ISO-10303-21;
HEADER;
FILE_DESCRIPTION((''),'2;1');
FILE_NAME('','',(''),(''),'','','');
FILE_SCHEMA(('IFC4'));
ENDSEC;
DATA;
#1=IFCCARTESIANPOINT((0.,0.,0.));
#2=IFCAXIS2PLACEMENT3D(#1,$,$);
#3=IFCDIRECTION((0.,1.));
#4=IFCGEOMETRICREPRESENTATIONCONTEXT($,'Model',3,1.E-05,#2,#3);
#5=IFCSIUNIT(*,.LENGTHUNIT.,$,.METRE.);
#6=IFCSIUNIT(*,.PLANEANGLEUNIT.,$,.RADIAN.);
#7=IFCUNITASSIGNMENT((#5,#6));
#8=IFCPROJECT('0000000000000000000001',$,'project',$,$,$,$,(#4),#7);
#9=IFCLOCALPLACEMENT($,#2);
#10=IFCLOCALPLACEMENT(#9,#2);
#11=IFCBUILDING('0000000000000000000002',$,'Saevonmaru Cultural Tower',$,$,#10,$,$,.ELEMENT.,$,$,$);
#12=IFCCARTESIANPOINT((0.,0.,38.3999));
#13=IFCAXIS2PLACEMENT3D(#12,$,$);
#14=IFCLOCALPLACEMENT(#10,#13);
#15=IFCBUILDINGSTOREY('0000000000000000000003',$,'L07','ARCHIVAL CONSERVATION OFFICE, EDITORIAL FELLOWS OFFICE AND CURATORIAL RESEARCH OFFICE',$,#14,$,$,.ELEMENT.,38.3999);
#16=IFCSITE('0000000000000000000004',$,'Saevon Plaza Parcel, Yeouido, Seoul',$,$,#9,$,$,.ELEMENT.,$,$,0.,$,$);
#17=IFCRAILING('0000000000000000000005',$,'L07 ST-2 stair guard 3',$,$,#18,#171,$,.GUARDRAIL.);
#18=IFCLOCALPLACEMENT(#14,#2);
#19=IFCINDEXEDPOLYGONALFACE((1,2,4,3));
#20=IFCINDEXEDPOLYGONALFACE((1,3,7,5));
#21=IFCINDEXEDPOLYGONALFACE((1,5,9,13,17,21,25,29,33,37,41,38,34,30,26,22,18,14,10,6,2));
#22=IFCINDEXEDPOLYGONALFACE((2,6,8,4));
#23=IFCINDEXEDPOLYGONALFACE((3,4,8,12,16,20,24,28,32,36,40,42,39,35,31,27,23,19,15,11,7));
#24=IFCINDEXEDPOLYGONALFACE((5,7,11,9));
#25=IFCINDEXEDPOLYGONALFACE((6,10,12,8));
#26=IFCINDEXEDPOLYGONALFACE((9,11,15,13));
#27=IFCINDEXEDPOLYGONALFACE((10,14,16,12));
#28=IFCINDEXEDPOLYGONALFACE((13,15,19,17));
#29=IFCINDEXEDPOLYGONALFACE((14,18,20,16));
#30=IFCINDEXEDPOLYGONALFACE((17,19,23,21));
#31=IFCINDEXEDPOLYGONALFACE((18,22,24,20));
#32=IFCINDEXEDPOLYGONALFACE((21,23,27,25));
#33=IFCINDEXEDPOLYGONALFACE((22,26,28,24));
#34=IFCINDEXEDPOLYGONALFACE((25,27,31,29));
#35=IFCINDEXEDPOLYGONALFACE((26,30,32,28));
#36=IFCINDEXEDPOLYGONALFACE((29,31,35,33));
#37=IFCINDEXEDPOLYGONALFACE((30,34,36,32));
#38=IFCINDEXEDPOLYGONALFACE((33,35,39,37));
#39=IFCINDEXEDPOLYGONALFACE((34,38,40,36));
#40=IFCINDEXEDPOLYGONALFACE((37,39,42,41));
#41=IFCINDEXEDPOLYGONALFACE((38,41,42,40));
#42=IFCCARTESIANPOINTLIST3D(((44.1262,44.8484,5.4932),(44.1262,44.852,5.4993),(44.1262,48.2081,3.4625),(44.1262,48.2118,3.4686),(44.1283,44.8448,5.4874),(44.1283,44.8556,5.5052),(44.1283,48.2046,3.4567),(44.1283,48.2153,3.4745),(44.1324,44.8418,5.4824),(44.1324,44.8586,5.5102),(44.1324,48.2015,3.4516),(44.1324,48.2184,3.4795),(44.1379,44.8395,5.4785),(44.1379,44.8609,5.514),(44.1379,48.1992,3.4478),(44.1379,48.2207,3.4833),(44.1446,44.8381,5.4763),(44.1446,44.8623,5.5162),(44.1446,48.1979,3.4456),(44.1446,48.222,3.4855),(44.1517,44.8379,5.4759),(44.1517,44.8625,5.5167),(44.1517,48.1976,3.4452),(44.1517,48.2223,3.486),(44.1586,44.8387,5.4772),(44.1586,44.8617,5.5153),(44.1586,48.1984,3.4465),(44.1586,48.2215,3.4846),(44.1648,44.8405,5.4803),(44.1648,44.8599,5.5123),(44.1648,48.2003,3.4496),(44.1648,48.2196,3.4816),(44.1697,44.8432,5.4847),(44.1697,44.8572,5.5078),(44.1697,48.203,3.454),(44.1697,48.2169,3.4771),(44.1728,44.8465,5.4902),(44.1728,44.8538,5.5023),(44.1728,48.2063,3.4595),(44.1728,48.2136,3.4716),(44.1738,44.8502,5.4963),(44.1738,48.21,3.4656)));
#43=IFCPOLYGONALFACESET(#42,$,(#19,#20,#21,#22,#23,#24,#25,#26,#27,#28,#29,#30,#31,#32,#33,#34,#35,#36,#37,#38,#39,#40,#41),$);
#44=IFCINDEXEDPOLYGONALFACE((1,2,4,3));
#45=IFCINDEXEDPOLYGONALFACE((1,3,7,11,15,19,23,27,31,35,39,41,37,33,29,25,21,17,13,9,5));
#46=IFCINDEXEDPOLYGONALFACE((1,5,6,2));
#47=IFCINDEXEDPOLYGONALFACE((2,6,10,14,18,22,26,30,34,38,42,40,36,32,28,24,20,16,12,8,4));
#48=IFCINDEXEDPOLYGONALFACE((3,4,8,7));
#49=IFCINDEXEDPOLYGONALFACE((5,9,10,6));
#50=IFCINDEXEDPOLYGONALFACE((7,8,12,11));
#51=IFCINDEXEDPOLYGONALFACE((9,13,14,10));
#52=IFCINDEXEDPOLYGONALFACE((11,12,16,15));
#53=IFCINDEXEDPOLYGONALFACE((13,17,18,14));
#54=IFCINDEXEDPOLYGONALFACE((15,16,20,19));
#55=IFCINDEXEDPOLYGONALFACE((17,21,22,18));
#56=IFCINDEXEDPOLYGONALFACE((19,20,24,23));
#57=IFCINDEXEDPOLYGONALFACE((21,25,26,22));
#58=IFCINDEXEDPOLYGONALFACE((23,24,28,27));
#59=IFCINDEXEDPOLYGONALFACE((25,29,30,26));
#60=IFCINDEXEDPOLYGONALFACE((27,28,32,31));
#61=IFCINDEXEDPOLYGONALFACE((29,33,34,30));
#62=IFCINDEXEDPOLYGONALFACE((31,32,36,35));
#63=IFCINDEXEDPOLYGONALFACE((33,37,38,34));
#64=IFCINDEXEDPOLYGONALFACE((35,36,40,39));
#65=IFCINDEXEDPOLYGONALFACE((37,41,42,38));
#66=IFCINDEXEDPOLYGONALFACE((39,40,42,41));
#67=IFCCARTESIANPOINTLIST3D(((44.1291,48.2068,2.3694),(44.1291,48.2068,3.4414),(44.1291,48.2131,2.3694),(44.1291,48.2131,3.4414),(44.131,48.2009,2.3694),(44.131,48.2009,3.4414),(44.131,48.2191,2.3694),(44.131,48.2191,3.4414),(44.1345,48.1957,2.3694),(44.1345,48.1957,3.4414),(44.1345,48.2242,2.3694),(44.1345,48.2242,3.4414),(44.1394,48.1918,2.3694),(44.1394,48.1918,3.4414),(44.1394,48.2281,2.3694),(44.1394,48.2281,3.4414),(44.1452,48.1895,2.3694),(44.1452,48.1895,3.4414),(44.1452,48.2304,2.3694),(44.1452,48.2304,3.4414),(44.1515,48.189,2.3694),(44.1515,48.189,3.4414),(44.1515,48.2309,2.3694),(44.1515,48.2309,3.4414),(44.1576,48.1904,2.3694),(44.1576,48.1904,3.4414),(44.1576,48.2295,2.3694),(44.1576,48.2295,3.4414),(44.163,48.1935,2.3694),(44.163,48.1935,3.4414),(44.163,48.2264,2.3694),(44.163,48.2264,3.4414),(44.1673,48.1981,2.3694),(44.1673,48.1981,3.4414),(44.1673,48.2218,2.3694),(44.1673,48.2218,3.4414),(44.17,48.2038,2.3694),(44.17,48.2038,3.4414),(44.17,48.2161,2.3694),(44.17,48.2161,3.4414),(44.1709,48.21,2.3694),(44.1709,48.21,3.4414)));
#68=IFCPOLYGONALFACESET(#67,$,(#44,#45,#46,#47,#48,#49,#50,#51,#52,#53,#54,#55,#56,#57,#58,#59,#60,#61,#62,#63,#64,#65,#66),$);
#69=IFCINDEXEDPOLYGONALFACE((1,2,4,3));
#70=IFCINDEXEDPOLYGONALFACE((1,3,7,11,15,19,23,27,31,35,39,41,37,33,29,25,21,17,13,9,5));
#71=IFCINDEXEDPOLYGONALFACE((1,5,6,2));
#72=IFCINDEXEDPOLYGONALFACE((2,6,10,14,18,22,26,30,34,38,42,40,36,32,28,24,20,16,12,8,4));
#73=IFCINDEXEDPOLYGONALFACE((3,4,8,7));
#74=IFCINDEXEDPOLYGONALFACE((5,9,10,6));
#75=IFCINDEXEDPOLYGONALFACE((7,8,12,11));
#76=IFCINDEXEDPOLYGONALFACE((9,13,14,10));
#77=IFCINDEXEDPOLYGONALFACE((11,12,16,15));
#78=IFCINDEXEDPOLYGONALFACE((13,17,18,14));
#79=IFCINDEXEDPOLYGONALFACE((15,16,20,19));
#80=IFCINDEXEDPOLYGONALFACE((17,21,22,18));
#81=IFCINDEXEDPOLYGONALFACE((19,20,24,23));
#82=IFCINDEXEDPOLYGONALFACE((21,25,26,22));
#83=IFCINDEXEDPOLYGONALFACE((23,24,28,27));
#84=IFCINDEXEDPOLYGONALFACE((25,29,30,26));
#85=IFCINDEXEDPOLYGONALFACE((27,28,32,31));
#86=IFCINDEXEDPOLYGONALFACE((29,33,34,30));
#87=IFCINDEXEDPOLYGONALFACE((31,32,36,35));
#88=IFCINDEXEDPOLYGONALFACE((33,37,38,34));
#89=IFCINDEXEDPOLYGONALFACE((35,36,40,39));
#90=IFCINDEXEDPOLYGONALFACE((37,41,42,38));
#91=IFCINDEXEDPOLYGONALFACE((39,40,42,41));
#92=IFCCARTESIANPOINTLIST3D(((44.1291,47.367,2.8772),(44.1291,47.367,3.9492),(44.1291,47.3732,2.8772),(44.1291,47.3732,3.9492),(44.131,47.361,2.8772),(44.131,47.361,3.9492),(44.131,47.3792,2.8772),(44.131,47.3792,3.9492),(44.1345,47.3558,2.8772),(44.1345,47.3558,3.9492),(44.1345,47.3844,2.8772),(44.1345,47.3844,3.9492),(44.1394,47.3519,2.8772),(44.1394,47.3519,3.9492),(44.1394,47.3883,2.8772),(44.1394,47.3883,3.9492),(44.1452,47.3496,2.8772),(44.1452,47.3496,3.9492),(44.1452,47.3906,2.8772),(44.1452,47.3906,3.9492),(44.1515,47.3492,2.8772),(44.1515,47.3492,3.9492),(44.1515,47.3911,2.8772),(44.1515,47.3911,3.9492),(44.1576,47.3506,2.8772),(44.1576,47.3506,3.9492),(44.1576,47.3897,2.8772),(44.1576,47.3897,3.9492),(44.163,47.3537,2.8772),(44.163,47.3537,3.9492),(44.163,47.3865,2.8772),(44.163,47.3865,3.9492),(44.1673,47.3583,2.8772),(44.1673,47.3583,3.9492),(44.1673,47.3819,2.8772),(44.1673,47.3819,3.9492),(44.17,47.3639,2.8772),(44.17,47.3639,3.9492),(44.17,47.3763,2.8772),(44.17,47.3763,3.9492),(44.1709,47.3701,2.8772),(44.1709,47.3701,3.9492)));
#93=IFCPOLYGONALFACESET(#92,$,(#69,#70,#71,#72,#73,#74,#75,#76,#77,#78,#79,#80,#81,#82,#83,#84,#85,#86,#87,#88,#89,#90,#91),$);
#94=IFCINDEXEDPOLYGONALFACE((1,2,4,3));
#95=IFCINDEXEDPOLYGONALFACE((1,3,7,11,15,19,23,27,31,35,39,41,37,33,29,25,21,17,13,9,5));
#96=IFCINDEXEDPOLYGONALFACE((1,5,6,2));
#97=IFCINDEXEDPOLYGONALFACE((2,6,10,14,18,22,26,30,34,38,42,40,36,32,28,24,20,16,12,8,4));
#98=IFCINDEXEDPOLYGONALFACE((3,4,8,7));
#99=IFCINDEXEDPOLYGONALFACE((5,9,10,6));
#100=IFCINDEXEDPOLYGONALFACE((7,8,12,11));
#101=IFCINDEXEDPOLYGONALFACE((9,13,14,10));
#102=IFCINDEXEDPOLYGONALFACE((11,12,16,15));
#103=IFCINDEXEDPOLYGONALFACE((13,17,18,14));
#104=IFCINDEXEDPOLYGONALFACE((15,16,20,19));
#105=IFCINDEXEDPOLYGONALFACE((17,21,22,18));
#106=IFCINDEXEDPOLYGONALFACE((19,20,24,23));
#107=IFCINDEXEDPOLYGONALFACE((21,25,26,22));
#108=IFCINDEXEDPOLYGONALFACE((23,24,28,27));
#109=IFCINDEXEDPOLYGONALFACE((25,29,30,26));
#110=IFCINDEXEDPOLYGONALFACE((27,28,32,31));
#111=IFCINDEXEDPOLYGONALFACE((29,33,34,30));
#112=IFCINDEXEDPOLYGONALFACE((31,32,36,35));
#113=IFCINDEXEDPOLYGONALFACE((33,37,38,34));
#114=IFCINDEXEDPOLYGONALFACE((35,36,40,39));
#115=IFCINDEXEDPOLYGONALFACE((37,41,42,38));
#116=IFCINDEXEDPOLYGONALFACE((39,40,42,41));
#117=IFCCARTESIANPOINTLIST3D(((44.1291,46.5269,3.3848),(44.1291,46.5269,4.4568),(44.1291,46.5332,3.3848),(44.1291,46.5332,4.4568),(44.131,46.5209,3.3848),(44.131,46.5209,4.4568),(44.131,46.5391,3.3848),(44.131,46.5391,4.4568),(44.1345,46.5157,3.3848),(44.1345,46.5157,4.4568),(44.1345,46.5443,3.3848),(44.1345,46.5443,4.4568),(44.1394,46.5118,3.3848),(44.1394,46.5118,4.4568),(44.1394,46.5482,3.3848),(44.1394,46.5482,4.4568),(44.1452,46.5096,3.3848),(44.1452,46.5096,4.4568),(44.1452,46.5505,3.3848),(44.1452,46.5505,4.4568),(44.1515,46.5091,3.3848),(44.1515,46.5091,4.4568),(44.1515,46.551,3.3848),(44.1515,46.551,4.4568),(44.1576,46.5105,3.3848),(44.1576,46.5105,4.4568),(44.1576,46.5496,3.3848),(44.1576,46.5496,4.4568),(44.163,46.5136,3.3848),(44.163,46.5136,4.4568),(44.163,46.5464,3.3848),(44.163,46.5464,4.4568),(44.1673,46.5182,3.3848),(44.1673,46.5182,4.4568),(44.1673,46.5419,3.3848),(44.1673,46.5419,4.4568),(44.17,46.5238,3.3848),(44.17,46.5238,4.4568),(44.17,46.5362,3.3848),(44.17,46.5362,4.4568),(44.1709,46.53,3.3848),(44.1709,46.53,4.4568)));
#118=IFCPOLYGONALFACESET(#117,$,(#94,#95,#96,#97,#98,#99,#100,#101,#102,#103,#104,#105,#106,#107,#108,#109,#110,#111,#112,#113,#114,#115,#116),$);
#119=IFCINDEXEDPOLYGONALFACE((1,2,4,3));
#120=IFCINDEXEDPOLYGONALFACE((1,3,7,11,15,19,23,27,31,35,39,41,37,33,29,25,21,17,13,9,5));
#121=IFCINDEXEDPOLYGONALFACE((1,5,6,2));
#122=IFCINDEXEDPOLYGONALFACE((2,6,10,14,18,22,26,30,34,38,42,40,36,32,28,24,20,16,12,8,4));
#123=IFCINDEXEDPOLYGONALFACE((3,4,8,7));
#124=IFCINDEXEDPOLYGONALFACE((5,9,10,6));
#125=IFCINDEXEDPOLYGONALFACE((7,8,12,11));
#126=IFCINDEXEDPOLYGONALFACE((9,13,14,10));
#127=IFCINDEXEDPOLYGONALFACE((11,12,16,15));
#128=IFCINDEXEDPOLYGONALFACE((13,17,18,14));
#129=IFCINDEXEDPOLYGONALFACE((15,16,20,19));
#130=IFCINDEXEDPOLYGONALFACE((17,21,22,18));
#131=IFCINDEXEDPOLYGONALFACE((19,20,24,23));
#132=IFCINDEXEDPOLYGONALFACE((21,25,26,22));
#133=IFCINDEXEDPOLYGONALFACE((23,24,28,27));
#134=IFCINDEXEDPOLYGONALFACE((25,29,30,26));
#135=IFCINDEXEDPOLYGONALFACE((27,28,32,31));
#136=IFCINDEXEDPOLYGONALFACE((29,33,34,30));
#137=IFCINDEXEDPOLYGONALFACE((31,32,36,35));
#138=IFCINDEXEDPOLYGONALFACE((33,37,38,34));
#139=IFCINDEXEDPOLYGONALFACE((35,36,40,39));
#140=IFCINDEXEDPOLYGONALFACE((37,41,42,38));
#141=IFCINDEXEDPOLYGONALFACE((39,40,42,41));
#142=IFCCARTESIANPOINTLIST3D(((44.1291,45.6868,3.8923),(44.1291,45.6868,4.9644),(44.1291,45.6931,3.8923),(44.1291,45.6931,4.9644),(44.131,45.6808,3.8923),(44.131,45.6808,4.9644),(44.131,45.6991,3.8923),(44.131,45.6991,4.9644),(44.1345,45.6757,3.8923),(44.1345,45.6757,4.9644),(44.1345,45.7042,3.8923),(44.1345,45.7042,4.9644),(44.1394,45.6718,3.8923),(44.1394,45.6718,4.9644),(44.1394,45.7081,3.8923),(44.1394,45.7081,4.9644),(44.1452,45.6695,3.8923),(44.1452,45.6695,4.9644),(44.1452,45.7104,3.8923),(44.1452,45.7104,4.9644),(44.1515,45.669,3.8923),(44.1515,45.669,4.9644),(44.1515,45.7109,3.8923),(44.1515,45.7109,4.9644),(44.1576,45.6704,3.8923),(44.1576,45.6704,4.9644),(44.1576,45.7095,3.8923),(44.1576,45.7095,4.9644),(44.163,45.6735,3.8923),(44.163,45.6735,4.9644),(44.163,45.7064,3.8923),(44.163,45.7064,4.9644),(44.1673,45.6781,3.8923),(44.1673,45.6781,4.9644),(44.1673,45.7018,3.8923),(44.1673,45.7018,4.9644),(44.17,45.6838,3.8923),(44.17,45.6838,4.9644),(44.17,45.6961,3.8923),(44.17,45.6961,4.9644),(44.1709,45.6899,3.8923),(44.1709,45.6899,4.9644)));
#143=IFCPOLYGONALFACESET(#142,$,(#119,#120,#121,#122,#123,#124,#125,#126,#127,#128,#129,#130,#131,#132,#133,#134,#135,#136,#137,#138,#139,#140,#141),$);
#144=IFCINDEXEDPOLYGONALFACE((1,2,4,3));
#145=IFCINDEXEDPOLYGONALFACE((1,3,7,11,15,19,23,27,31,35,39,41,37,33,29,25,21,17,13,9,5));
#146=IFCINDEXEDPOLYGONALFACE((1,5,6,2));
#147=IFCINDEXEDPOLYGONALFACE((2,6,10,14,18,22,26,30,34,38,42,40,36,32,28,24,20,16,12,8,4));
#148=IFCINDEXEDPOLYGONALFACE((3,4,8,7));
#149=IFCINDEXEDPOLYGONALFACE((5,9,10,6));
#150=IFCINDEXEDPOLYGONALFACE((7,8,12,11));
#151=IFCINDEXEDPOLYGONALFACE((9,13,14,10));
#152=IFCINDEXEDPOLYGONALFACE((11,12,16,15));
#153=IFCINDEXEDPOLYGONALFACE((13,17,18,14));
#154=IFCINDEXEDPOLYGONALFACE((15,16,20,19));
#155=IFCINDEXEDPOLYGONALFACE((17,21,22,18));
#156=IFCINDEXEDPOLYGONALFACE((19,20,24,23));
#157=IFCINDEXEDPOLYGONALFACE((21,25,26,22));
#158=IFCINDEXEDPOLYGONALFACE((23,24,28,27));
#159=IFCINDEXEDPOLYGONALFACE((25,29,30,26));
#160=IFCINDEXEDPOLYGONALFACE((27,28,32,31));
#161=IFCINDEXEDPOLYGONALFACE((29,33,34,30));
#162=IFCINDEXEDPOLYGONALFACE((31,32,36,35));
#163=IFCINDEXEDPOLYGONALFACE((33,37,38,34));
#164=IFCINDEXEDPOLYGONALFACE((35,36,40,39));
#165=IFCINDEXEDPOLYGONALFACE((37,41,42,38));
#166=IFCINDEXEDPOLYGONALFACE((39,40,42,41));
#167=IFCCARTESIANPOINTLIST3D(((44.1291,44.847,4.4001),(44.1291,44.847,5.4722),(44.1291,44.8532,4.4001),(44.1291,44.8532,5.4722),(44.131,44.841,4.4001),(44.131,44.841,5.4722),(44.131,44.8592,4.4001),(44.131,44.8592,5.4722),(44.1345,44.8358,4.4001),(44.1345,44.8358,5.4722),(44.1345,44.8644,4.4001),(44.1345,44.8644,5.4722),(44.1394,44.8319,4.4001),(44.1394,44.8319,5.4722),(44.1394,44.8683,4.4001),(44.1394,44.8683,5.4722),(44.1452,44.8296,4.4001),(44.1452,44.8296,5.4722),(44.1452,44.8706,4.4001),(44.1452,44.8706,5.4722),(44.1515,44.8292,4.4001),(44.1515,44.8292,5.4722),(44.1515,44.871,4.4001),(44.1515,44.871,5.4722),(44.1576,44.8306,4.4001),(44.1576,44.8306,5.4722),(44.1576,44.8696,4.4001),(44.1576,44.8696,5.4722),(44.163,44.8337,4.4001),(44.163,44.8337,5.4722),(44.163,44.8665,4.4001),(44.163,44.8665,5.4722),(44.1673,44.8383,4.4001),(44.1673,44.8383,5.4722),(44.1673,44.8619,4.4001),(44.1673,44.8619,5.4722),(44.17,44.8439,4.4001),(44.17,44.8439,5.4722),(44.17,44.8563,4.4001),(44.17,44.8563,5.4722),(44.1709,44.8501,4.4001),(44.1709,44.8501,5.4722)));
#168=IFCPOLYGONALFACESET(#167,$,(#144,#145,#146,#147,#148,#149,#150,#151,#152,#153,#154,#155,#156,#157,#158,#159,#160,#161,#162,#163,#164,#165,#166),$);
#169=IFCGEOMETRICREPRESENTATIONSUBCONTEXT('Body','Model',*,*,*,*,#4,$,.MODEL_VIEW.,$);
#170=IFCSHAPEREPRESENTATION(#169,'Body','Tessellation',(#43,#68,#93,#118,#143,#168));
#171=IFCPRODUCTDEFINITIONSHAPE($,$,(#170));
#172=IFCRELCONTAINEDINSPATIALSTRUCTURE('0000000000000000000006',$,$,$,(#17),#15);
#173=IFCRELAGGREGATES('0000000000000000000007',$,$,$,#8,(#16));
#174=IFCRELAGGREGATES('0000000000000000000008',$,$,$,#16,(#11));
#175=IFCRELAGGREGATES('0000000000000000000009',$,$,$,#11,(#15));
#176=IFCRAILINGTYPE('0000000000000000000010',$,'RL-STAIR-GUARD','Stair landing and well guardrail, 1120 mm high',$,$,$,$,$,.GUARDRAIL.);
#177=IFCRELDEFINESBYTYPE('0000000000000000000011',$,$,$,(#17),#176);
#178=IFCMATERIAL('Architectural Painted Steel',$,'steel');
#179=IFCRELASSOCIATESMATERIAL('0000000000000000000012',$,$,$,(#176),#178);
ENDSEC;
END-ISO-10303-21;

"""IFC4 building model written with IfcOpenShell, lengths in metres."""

from ifc_helpers import new_model, si_unit, direction, frame, origin, origin_2d, place, context, subcontext, project, spatial, circle, extrude, material, type_object, element, save


model = new_model("IFC4")

# Units and contexts
model_context = context("Model", 3, precision=1e-05, world=origin(), true_north=direction((0.0, 1.0)))
body_context = subcontext(model_context, "Body", "Model", "MODEL_VIEW")
ifc_project = project(units=[si_unit("LENGTHUNIT", "METRE"), si_unit("PLANEANGLEUNIT", "RADIAN")], contexts=[model_context])

# Site, building, storey
site_placement = place(None, origin())
site = spatial("IfcSite", under=ifc_project, at=site_placement, Name="Saevon Plaza Parcel, Yeouido, Seoul", CompositionType="ELEMENT", RefElevation=0.0)
building_placement = place(site_placement, origin())
building = spatial("IfcBuilding", under=site, at=building_placement, Name="Saevonmaru Cultural Tower", CompositionType="ELEMENT")
storey_placement = place(building_placement, frame((0.0, 0.0, 38.3999)))
storey = spatial("IfcBuildingStorey", under=building, at=storey_placement, Name="L07", Description="ARCHIVAL CONSERVATION OFFICE, EDITORIAL FELLOWS OFFICE AND CURATORIAL RESEARCH OFFICE", CompositionType="ELEMENT", Elevation=38.3999)

# Railing
ifc_material_1 = material(Name="Architectural Painted Steel", Category="steel")
railing_type_1 = type_object("IfcRailingType", Name="RL-STAIR-GUARD", Description="Stair landing and well guardrail, 1120 mm high", PredefinedType="GUARDRAIL", material=ifc_material_1)
railing_1_placement = place(storey_placement, frame((44.1499, 48.21, 2.3694)))
element("IfcRailing", 1, at=railing_1_placement, inside=storey, type_object=railing_type_1, Name="L07 ST-2 stair guard 3", PredefinedType="GUARDRAIL", context=body_context, shape_type="SweptSolid", body=[
    extrude(circle(Radius=0.0239, at=origin_2d()), frame((0.0, 0.0, 1.0962), z_axis=(0.0, -0.85582, 0.517273), x_axis=(1.0, 0.0, 0.0)), (0.0, 0.0, 1.0), 3.9258),
    extrude(circle(Radius=0.021, at=origin_2d()), origin(), (0.0, 0.0, 1.0), 1.072),
    extrude(circle(Radius=0.021, at=origin_2d()), frame((0.0, -0.8398, 0.5078)), (0.0, 0.0, 1.0), 1.072),
    extrude(circle(Radius=0.021, at=origin_2d()), frame((0.0, -1.6799, 1.0154)), (0.0, 0.0, 1.0), 1.072),
    extrude(circle(Radius=0.021, at=origin_2d()), frame((0.0, -2.52, 1.5229)), (0.0, 0.0, 1.0), 1.072),
    extrude(circle(Radius=0.021, at=origin_2d()), frame((0.0, -3.3599, 2.0308)), (0.0, 0.0, 1.0), 1.072),
])

save(model, "model.ifc")
